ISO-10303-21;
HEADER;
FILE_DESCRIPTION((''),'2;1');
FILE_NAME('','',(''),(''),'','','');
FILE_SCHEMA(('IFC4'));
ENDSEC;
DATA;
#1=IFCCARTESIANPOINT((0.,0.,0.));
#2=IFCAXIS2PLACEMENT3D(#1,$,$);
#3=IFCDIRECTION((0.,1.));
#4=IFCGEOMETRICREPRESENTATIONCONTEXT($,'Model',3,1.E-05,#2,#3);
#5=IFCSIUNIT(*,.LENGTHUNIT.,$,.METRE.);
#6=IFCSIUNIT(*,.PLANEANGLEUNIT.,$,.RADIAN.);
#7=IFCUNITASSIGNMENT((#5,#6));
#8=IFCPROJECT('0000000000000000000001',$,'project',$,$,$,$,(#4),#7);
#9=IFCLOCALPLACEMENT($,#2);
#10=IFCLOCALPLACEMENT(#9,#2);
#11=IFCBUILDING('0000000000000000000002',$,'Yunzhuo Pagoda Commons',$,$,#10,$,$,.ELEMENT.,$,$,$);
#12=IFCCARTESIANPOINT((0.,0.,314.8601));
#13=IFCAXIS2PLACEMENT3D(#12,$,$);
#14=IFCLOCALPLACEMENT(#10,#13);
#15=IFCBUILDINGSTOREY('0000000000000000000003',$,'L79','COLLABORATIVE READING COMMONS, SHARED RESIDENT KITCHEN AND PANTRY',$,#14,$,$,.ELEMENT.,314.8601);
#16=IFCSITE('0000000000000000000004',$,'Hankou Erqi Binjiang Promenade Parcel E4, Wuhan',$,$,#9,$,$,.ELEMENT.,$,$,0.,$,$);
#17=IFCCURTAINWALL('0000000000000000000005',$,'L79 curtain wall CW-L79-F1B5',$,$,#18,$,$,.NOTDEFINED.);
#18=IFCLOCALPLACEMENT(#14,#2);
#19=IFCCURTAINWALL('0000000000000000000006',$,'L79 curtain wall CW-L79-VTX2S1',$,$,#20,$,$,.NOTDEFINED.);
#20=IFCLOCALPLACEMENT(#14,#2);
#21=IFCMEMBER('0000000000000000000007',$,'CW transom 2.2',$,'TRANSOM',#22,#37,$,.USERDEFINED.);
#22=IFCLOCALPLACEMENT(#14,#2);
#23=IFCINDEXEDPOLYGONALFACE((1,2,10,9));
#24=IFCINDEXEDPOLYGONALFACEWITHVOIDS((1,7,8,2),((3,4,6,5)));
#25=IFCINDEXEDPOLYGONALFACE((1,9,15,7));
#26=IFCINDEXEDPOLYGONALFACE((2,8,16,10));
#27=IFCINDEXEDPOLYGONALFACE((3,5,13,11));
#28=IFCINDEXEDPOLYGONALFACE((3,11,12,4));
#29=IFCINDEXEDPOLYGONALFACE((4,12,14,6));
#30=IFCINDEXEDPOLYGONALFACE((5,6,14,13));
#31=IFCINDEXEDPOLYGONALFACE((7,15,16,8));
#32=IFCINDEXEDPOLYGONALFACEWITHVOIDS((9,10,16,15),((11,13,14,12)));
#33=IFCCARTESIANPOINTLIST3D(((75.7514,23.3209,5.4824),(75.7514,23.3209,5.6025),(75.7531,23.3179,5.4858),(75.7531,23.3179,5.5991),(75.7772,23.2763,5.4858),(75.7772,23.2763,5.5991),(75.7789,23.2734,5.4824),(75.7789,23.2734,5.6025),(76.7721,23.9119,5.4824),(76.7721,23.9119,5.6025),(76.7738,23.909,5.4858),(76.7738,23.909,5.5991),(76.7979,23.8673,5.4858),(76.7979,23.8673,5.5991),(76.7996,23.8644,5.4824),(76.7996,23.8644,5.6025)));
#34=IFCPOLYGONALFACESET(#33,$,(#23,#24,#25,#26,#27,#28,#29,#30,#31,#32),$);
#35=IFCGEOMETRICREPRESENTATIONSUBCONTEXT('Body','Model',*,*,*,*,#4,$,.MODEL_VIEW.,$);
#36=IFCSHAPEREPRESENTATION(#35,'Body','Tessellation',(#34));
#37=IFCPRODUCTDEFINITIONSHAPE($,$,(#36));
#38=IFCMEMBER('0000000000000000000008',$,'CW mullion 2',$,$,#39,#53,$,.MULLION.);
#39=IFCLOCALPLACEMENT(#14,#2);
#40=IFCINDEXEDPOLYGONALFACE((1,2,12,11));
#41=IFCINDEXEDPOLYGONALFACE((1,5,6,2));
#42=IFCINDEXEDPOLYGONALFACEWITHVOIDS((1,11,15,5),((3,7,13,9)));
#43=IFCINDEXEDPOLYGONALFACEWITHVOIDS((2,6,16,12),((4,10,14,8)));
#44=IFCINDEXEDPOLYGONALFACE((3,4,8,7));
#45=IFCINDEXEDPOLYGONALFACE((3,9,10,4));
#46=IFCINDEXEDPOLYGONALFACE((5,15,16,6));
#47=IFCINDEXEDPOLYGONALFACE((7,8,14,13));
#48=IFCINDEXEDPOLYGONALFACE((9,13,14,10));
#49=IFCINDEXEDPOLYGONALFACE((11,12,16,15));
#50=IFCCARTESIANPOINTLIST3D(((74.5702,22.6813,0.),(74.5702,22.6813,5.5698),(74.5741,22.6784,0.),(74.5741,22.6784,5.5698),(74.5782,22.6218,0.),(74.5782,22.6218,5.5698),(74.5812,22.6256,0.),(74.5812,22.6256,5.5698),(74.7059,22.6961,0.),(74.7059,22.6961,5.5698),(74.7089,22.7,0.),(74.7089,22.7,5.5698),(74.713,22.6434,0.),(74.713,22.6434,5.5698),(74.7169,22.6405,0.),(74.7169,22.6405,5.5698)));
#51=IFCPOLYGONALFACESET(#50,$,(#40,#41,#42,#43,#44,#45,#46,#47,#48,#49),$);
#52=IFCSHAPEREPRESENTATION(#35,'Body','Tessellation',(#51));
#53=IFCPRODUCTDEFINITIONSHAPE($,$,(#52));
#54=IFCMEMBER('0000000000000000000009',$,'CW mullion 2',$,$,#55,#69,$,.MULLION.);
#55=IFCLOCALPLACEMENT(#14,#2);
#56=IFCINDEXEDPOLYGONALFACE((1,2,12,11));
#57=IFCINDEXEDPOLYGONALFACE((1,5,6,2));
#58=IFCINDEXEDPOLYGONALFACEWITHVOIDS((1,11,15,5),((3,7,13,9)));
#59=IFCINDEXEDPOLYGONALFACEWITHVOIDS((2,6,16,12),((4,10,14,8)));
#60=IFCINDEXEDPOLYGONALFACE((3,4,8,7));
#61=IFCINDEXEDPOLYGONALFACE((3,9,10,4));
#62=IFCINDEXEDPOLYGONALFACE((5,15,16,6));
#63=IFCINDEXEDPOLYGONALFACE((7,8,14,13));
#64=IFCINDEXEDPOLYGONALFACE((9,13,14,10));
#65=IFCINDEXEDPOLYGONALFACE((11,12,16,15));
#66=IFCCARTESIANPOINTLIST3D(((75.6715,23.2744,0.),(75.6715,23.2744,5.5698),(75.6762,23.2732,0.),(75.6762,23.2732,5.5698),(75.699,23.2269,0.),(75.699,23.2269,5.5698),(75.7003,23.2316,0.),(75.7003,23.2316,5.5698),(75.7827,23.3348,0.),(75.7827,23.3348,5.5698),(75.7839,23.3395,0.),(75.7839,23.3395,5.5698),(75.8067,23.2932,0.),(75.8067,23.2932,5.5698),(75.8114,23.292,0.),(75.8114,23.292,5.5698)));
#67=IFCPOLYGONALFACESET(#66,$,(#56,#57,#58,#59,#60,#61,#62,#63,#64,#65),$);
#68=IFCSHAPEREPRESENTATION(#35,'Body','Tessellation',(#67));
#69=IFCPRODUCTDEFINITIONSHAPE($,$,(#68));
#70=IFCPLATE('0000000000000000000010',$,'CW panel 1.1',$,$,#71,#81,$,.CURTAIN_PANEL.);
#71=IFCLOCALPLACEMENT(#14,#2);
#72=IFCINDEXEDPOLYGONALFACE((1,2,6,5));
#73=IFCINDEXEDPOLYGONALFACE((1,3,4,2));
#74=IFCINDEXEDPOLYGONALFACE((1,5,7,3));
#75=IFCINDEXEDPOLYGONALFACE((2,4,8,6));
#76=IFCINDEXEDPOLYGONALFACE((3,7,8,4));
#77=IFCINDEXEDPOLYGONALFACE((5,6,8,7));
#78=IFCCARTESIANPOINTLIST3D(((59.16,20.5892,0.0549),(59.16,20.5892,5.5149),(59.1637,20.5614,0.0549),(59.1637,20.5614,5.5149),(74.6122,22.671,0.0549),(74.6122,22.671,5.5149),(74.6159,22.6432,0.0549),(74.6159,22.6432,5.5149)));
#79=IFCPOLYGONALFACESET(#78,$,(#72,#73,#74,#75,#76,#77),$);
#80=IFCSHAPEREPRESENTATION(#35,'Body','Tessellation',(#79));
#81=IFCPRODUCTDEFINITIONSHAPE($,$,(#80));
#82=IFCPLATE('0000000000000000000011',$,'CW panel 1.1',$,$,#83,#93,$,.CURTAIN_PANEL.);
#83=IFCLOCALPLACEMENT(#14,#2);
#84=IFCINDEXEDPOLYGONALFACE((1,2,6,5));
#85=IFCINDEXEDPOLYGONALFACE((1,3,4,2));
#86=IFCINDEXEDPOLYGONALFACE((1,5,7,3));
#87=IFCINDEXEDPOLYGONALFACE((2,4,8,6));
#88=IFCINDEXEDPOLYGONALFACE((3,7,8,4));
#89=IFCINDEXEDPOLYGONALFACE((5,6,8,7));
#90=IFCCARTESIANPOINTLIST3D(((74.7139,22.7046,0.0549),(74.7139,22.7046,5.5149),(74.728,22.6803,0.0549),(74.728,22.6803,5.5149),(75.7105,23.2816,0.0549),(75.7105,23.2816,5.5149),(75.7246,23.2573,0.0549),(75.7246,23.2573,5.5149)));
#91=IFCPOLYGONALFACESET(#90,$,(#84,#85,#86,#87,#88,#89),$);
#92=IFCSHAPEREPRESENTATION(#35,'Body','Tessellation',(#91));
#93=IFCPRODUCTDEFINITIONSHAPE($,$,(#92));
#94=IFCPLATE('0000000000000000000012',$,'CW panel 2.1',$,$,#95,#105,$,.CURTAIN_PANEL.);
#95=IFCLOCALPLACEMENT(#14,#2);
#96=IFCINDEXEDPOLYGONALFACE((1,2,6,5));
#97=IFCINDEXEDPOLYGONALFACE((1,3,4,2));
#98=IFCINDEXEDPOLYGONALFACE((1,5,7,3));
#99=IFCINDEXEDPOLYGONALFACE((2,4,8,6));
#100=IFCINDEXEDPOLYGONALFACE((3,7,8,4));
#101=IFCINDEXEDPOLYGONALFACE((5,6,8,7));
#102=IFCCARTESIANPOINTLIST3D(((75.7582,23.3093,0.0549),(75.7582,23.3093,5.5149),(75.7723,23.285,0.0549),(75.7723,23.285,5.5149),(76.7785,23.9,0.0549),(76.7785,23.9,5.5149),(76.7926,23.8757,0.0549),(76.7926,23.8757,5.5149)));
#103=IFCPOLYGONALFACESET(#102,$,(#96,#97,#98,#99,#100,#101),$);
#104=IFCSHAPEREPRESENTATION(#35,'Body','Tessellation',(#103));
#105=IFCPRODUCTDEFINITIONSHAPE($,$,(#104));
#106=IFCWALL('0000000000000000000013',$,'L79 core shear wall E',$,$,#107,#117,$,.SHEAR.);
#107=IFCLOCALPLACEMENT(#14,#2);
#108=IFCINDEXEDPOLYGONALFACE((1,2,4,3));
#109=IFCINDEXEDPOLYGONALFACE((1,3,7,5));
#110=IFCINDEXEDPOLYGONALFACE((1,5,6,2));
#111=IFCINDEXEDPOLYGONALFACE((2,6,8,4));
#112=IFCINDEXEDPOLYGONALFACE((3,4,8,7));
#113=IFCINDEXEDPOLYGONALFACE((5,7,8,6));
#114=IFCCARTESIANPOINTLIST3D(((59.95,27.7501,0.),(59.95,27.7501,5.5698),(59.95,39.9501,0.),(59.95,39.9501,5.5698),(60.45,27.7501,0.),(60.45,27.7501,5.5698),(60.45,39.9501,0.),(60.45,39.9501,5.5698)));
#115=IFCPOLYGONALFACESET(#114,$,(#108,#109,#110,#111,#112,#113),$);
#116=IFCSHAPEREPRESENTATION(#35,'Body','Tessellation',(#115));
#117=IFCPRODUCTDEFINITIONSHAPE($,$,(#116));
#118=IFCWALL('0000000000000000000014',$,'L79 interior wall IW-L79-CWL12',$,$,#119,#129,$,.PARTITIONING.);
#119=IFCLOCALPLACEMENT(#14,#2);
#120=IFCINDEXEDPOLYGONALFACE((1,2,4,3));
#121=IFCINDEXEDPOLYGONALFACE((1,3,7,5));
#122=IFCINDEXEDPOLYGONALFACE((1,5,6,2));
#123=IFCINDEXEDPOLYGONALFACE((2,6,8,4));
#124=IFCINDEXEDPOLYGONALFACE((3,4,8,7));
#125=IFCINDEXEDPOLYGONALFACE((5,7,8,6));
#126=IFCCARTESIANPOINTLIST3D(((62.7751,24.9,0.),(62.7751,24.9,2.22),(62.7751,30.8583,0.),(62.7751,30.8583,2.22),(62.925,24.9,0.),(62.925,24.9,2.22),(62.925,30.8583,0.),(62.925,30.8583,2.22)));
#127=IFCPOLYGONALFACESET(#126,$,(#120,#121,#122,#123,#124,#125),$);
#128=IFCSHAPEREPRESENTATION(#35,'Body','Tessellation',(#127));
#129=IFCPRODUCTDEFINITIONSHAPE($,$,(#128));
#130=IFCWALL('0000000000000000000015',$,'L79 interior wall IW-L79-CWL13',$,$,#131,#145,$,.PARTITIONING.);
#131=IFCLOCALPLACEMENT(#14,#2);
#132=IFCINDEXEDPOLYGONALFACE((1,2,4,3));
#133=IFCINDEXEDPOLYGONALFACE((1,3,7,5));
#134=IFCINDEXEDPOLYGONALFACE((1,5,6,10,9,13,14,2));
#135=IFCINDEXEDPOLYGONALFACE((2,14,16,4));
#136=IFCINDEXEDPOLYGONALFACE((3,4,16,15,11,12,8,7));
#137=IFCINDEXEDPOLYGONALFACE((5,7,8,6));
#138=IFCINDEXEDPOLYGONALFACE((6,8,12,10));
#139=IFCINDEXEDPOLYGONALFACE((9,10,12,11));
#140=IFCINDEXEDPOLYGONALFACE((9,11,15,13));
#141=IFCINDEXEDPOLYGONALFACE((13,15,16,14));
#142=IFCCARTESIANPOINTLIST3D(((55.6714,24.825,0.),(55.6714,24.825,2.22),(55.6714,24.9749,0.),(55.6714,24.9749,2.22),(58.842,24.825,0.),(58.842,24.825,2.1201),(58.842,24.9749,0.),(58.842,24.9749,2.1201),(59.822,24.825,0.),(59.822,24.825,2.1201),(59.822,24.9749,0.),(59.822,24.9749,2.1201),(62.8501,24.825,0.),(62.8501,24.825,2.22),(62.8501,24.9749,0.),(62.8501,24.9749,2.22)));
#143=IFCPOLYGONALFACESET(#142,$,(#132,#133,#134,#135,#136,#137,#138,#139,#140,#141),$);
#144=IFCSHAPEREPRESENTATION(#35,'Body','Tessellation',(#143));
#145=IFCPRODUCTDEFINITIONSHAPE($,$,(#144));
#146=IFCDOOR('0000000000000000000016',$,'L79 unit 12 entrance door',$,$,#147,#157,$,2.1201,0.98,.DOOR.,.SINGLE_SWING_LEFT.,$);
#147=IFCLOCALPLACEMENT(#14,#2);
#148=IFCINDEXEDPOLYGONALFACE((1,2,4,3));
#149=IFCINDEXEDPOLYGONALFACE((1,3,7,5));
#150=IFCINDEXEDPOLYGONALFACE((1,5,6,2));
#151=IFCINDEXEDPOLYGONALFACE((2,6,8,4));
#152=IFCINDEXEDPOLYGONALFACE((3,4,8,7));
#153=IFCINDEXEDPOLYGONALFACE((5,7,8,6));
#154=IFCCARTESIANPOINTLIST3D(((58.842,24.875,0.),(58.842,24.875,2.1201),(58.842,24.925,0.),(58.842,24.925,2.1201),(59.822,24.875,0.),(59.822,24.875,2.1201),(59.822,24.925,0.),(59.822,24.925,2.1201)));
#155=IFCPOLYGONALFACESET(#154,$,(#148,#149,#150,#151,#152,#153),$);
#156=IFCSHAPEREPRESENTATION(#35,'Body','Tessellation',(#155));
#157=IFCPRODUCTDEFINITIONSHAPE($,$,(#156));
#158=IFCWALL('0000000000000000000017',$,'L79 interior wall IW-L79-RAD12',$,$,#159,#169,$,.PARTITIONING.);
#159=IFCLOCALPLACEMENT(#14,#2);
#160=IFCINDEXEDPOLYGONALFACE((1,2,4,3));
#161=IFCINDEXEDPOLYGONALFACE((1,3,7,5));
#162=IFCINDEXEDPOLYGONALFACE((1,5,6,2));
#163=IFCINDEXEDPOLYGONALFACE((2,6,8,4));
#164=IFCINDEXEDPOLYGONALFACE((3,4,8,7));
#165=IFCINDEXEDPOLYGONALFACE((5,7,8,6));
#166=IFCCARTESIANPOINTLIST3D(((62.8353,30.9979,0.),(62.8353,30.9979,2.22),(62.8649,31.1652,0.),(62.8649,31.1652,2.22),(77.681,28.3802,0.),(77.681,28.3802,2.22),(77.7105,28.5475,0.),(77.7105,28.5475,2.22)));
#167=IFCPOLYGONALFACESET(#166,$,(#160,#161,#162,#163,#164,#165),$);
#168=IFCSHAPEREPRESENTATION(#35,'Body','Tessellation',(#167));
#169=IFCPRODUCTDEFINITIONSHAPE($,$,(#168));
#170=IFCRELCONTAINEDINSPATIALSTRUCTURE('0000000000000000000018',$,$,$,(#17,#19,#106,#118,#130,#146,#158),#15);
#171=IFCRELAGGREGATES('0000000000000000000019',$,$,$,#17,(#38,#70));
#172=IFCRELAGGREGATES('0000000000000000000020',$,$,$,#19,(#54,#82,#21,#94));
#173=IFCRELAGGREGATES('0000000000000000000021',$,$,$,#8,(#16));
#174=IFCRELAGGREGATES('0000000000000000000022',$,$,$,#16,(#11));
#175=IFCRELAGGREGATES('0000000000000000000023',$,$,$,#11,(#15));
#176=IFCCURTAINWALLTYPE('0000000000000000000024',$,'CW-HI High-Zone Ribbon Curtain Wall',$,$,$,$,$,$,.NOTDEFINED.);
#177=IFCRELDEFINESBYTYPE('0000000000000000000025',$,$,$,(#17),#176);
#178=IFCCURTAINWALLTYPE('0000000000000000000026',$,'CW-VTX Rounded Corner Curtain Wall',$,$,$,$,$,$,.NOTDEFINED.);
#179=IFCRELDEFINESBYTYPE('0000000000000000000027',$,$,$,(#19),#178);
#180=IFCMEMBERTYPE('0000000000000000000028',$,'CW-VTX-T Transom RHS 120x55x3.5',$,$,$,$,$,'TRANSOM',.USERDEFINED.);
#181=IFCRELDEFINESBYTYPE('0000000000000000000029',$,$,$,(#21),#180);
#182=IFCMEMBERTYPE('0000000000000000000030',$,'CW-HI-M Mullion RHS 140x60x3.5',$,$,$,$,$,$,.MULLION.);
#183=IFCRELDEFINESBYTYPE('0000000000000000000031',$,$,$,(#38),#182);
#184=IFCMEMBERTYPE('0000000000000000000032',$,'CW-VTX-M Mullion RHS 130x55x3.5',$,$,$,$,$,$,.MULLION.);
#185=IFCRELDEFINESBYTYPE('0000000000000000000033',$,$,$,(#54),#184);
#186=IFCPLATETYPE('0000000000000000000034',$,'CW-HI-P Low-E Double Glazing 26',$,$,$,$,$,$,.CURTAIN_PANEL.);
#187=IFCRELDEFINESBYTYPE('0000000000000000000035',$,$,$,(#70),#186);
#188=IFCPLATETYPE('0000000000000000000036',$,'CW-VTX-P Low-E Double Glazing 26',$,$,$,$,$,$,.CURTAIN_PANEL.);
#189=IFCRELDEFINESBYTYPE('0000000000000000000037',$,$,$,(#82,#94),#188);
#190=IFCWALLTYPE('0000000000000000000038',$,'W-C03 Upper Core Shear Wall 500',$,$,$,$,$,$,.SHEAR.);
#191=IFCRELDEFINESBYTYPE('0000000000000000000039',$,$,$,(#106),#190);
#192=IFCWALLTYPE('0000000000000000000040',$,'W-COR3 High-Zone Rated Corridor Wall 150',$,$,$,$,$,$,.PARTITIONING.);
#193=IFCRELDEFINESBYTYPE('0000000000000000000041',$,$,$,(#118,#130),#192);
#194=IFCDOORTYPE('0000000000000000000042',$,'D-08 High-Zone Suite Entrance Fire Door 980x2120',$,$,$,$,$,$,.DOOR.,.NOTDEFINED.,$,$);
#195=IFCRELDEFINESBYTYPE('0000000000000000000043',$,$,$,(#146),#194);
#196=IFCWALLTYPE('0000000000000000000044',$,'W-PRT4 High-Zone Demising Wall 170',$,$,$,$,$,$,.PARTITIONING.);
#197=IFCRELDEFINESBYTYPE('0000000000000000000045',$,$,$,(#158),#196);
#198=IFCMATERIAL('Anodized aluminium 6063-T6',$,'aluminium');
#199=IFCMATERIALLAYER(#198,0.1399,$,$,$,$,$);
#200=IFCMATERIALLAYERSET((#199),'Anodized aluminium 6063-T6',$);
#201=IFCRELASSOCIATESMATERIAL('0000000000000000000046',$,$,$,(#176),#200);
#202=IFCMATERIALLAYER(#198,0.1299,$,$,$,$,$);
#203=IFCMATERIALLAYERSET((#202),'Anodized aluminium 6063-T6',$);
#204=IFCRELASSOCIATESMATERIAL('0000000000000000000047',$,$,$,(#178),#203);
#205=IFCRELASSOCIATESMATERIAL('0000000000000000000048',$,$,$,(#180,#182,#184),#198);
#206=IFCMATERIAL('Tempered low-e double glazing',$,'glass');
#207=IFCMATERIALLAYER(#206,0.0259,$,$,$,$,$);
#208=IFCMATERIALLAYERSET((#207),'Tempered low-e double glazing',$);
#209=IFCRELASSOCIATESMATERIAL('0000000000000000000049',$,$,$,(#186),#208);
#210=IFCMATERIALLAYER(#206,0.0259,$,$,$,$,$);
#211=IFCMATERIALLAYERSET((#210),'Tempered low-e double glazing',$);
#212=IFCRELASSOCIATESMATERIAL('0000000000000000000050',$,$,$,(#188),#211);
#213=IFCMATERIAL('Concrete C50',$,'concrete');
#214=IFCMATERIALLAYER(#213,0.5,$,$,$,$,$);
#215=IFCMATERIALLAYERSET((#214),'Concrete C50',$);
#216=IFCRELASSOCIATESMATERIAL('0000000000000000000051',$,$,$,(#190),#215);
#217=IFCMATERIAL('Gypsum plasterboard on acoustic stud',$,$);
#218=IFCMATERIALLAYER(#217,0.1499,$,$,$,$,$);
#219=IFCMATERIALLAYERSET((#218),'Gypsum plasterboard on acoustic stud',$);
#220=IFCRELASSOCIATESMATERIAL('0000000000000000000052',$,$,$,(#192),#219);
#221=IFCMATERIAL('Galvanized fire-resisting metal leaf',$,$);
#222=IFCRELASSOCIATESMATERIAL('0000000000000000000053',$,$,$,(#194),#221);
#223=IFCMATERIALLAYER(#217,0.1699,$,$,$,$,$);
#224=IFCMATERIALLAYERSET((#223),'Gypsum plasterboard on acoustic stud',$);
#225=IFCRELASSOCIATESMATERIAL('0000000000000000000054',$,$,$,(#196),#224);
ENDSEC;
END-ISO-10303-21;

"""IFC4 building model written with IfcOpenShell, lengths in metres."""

from ifc_helpers import new_model, si_unit, direction, frame, frame_2d, origin, origin_with_axes, origin_2d, place, context, subcontext, project, spatial, rectangle, hollow_rectangle, extrude, source, transform, mapped, material, layer, layer_set, material_profile, profile_set, type_object, element, fill, aggregate, save


model = new_model("IFC4")

# Units and contexts
model_context = context("Model", 3, precision=1e-05, world=origin(), true_north=direction((0.0, 1.0)))
body_context = subcontext(model_context, "Body", "Model", "MODEL_VIEW")
ifc_project = project(units=[si_unit("LENGTHUNIT", "METRE"), si_unit("PLANEANGLEUNIT", "RADIAN")], contexts=[model_context])

# Site, building, storey
site_placement = place(None, origin())
site = spatial("IfcSite", under=ifc_project, at=site_placement, Name="Hankou Erqi Binjiang Promenade Parcel E4, Wuhan", CompositionType="ELEMENT", RefElevation=0.0)
building_placement = place(site_placement, origin())
building = spatial("IfcBuilding", under=site, at=building_placement, Name="Yunzhuo Pagoda Commons", CompositionType="ELEMENT")
storey_placement = place(building_placement, frame((0.0, 0.0, 314.8601)))
storey = spatial("IfcBuildingStorey", under=building, at=storey_placement, Name="L79", Description="COLLABORATIVE READING COMMONS, SHARED RESIDENT KITCHEN AND PANTRY", CompositionType="ELEMENT", Elevation=314.8601)

# Curtain walls, member
ifc_material_1 = material(Name="Anodized aluminium 6063-T6", Category="aluminium")
ifc_layer_1 = layer(ifc_material_1, 0.1399)
ifc_layer_set_1 = layer_set([ifc_layer_1], Name="Anodized aluminium 6063-T6")
curtain_wall_type_1 = type_object("IfcCurtainWallType", Name="CW-HI High-Zone Ribbon Curtain Wall", PredefinedType="NOTDEFINED", material=ifc_layer_set_1)
curtain_wall_1_placement = place(storey_placement, origin())
curtain_wall_1 = element("IfcCurtainWall", 1, at=curtain_wall_1_placement, inside=storey, type_object=curtain_wall_type_1, Name="L79 curtain wall CW-L79-F1B5", PredefinedType="NOTDEFINED")
ifc_layer_2 = layer(ifc_material_1, 0.1299)
ifc_layer_set_2 = layer_set([ifc_layer_2], Name="Anodized aluminium 6063-T6")
curtain_wall_type_2 = type_object("IfcCurtainWallType", Name="CW-VTX Rounded Corner Curtain Wall", PredefinedType="NOTDEFINED", material=ifc_layer_set_2)
curtain_wall_2_placement = place(storey_placement, origin())
curtain_wall_2 = element("IfcCurtainWall", 2, at=curtain_wall_2_placement, inside=storey, type_object=curtain_wall_type_2, Name="L79 curtain wall CW-L79-VTX2S1", PredefinedType="NOTDEFINED")
ifc_material_profile_1 = material_profile(ifc_material_1, hollow_rectangle(XDim=0.0549, YDim=0.1201, WallThickness=0.0034, at=origin_2d()), Name="Anodized aluminium 6063-T6")
ifc_profile_set_1 = profile_set([ifc_material_profile_1], Name="Anodized aluminium 6063-T6")
member_type_1 = type_object("IfcMemberType", Name="CW-VTX-T Transom RHS 120x55x3.5", ElementType="TRANSOM", PredefinedType="USERDEFINED", material=ifc_profile_set_1)
shared_shape_1 = source(origin(), body_context, "Body", "SweptSolid", [
    extrude(hollow_rectangle(XDim=0.0549, YDim=0.1201, WallThickness=0.0034, at=origin_2d()), origin(), (0.0, 0.0, 1.0), 1.1794),
])
member_1_placement = place(storey_placement, frame((75.7651, 23.2971, 5.5425), z_axis=(0.865388, 0.501102, 0.0), x_axis=(-0.501102, 0.865388, 0.0)))
member_1 = element("IfcMember", 3, at=member_1_placement, type_object=member_type_1, Name="CW transom 2.2", ObjectType="TRANSOM", PredefinedType="USERDEFINED", context=body_context, shape_type="MappedRepresentation", body=[
    mapped(shared_shape_1, transform((0.0, 0.0, 0.0), scale=1.0)),
])

# Members
ifc_material_profile_2 = material_profile(ifc_material_1, hollow_rectangle(XDim=0.0601, YDim=0.1399, WallThickness=0.0034, at=origin_2d()), Name="Anodized aluminium 6063-T6")
ifc_profile_set_2 = profile_set([ifc_material_profile_2], Name="Anodized aluminium 6063-T6")
member_type_2 = type_object("IfcMemberType", Name="CW-HI-M Mullion RHS 140x60x3.5", PredefinedType="MULLION", material=ifc_profile_set_2)
shared_shape_2 = source(origin(), body_context, "Body", "SweptSolid", [
    extrude(hollow_rectangle(XDim=0.0601, YDim=0.1399, WallThickness=0.0034, at=origin_2d()), origin(), (0.0, 0.0, 1.0), 5.5698),
])
member_2_placement = place(storey_placement, frame((74.6436, 22.6609, 0.0), z_axis=(0.0, 0.0, 1.0), x_axis=(-0.133519, 0.991046, 0.0)))
member_2 = element("IfcMember", 4, at=member_2_placement, type_object=member_type_2, Name="CW mullion 2", PredefinedType="MULLION", context=body_context, shape_type="MappedRepresentation", body=[
    mapped(shared_shape_2, transform((0.0, 0.0, 0.0), scale=1.0)),
])
ifc_material_profile_3 = material_profile(ifc_material_1, hollow_rectangle(XDim=0.0549, YDim=0.1299, WallThickness=0.0034, at=origin_2d()), Name="Anodized aluminium 6063-T6")
ifc_profile_set_3 = profile_set([ifc_material_profile_3], Name="Anodized aluminium 6063-T6")
member_type_3 = type_object("IfcMemberType", Name="CW-VTX-M Mullion RHS 130x55x3.5", PredefinedType="MULLION", material=ifc_profile_set_3)
shared_shape_3 = source(origin(), body_context, "Body", "SweptSolid", [
    extrude(hollow_rectangle(XDim=0.0549, YDim=0.1299, WallThickness=0.0034, at=origin_2d()), origin(), (0.0, 0.0, 1.0), 5.5698),
])
member_3_placement = place(storey_placement, frame((75.7415, 23.2832, 0.0), z_axis=(0.0, 0.0, 1.0), x_axis=(-0.501027, 0.865432, 0.0)))
member_3 = element("IfcMember", 5, at=member_3_placement, type_object=member_type_3, Name="CW mullion 2", PredefinedType="MULLION", context=body_context, shape_type="MappedRepresentation", body=[
    mapped(shared_shape_3, transform((0.0, 0.0, 0.0), scale=1.0)),
])

# Plates
ifc_material_2 = material(Name="Tempered low-e double glazing", Category="glass")
ifc_layer_3 = layer(ifc_material_2, 0.0259)
ifc_layer_set_3 = layer_set([ifc_layer_3], Name="Tempered low-e double glazing")
plate_type_1 = type_object("IfcPlateType", Name="CW-HI-P Low-E Double Glazing 26", PredefinedType="CURTAIN_PANEL", material=ifc_layer_set_3)
shared_shape_4 = source(origin(), body_context, "Body", "SweptSolid", [
    extrude(rectangle(XDim=15.5918, YDim=0.0281, at=origin_2d()), origin(), (0.0, 0.0, 1.0), 5.46),
])
plate_1_placement = place(storey_placement, frame((66.8879, 21.6162, 0.0549), z_axis=(0.0, 0.0, 1.0), x_axis=(0.991046, 0.133519, 0.0)))
plate_1 = element("IfcPlate", 6, at=plate_1_placement, type_object=plate_type_1, Name="CW panel 1.1", PredefinedType="CURTAIN_PANEL", context=body_context, shape_type="MappedRepresentation", body=[
    mapped(shared_shape_4, transform((0.0, 0.0, 0.0), scale=1.0)),
])
aggregate(curtain_wall_1, [member_2, plate_1])
ifc_layer_4 = layer(ifc_material_2, 0.0259)
ifc_layer_set_4 = layer_set([ifc_layer_4], Name="Tempered low-e double glazing")
plate_type_2 = type_object("IfcPlateType", Name="CW-VTX-P Low-E Double Glazing 26", PredefinedType="CURTAIN_PANEL", material=ifc_layer_set_4)
shared_shape_5 = source(origin(), body_context, "Body", "SweptSolid", [
    extrude(rectangle(XDim=1.1516, YDim=0.0281, at=origin_2d()), origin(), (0.0, 0.0, 1.0), 5.46),
])
plate_2_placement = place(storey_placement, frame((75.2192, 22.981, 0.0549), z_axis=(0.0, 0.0, 1.0), x_axis=(0.865432, 0.501027, 0.0)))
plate_2 = element("IfcPlate", 7, at=plate_2_placement, type_object=plate_type_2, Name="CW panel 1.1", PredefinedType="CURTAIN_PANEL", context=body_context, shape_type="MappedRepresentation", body=[
    mapped(shared_shape_5, transform((0.0, 0.0, 0.0), scale=1.0)),
])
shared_shape_6 = source(origin(), body_context, "Body", "SweptSolid", [
    extrude(rectangle(XDim=1.179, YDim=0.0281, at=origin_2d()), origin(), (0.0, 0.0, 1.0), 5.46),
])
plate_3_placement = place(storey_placement, frame((76.2754, 23.5925, 0.0549), z_axis=(0.0, 0.0, 1.0), x_axis=(0.865432, 0.501027, 0.0)))
plate_3 = element("IfcPlate", 8, at=plate_3_placement, type_object=plate_type_2, Name="CW panel 2.1", PredefinedType="CURTAIN_PANEL", context=body_context, shape_type="MappedRepresentation", body=[
    mapped(shared_shape_6, transform((0.0, 0.0, 0.0), scale=1.0)),
])
aggregate(curtain_wall_2, [member_3, plate_2, member_1, plate_3])

# Walls
ifc_material_3 = material(Name="Concrete C50", Category="concrete")
ifc_layer_5 = layer(ifc_material_3, 0.5)
ifc_layer_set_5 = layer_set([ifc_layer_5], Name="Concrete C50")
wall_type_1 = type_object("IfcWallType", Name="W-C03 Upper Core Shear Wall 500", PredefinedType="SHEAR", material=ifc_layer_set_5)
wall_1_placement = place(storey_placement, frame((60.2, 27.75, 0.0), z_axis=(0.0, 0.0, 1.0), x_axis=(0.0, 1.0, 0.0)))
element("IfcWall", 9, at=wall_1_placement, inside=storey, type_object=wall_type_1, Name="L79 core shear wall E", PredefinedType="SHEAR", context=body_context, shape_type="SweptSolid", body=[
    extrude(rectangle(XDim=12.2, YDim=0.5, at=frame_2d((6.1001, 0.0))), origin(), (0.0, 0.0, 1.0), 5.5698),
])
ifc_material_4 = material(Name="Gypsum plasterboard on acoustic stud")
ifc_layer_6 = layer(ifc_material_4, 0.1499)
ifc_layer_set_6 = layer_set([ifc_layer_6], Name="Gypsum plasterboard on acoustic stud")
wall_type_2 = type_object("IfcWallType", Name="W-COR3 High-Zone Rated Corridor Wall 150", PredefinedType="PARTITIONING", material=ifc_layer_set_6)
wall_2_placement = place(storey_placement, frame((62.8501, 30.8582, 0.0), z_axis=(0.0, 0.0, 1.0), x_axis=(0.0, -1.0, 0.0)))
element("IfcWall", 10, at=wall_2_placement, inside=storey, type_object=wall_type_2, Name="L79 interior wall IW-L79-CWL12", PredefinedType="PARTITIONING", context=body_context, shape_type="SweptSolid", body=[
    extrude(rectangle(XDim=5.9583, YDim=0.1499, at=frame_2d((2.979, 0.0))), origin(), (0.0, 0.0, 1.0), 2.22),
])

# Wall, opening, door
wall_3_placement = place(storey_placement, frame((62.8501, 24.8999, 0.0), z_axis=(0.0, 0.0, 1.0), x_axis=(-1.0, 0.0, 0.0)))
wall_3 = element("IfcWall", 11, at=wall_3_placement, inside=storey, type_object=wall_type_2, Name="L79 interior wall IW-L79-CWL13", PredefinedType="PARTITIONING", context=body_context, shape_type="SweptSolid", body=[
    extrude(rectangle(XDim=7.1787, YDim=0.1499, at=frame_2d((3.5894, 0.0))), origin(), (0.0, 0.0, 1.0), 2.22),
])
opening_placement = place(wall_3_placement, frame((3.0281, 0.0, 0.0)))
opening = element("IfcOpeningElement", 12, at=opening_placement, cuts=wall_3, PredefinedType="OPENING", context=body_context, shape_type="SweptSolid", body=[
    extrude(rectangle(XDim=0.98, YDim=2.1201, at=frame_2d((0.49, 1.0601))), frame((0.0, 0.085, 0.0), z_axis=(0.0, -1.0, 0.0), x_axis=(1.0, 0.0, 0.0)), (0.0, 0.0, 1.0), 0.1699),
])
ifc_material_5 = material(Name="Galvanized fire-resisting metal leaf")
door_type = type_object("IfcDoorType", Name="D-08 High-Zone Suite Entrance Fire Door 980x2120", OperationType="NOTDEFINED", PredefinedType="DOOR", material=ifc_material_5)
shared_shape_7 = source(origin(), body_context, "Body", "SweptSolid", [
    extrude(rectangle(XDim=0.98, YDim=2.1201, at=frame_2d((0.49, 1.0601))), frame((0.0, 0.0249, 0.0), z_axis=(0.0, -1.0, 0.0), x_axis=(1.0, 0.0, 0.0)), (0.0, 0.0, 1.0), 0.05),
])
door_placement = place(opening_placement, origin_with_axes())
door = element("IfcDoor", 13, at=door_placement, inside=storey, type_object=door_type, Name="L79 unit 12 entrance door", OperationType="SINGLE_SWING_LEFT", OverallHeight=2.1201, OverallWidth=0.98, PredefinedType="DOOR", context=body_context, shape_type="MappedRepresentation", body=[
    mapped(shared_shape_7, transform((0.0, 0.0, 0.0), scale=1.0)),
])
fill(opening, door)

# Wall
ifc_layer_7 = layer(ifc_material_4, 0.1699)
ifc_layer_set_7 = layer_set([ifc_layer_7], Name="Gypsum plasterboard on acoustic stud")
wall_type_3 = type_object("IfcWallType", Name="W-PRT4 High-Zone Demising Wall 170", PredefinedType="PARTITIONING", material=ifc_layer_set_7)
wall_4_placement = place(storey_placement, frame((62.8501, 31.0815, 0.0), z_axis=(0.0, 0.0, 1.0), x_axis=(0.984808, -0.173647, 0.0)))
element("IfcWall", 14, at=wall_4_placement, inside=storey, type_object=wall_type_3, Name="L79 interior wall IW-L79-RAD12", PredefinedType="PARTITIONING", context=body_context, shape_type="SweptSolid", body=[
    extrude(rectangle(XDim=15.0747, YDim=0.1699, at=frame_2d((7.5374, 0.0))), origin(), (0.0, 0.0, 1.0), 2.22),
])

save(model, "model.ifc")
